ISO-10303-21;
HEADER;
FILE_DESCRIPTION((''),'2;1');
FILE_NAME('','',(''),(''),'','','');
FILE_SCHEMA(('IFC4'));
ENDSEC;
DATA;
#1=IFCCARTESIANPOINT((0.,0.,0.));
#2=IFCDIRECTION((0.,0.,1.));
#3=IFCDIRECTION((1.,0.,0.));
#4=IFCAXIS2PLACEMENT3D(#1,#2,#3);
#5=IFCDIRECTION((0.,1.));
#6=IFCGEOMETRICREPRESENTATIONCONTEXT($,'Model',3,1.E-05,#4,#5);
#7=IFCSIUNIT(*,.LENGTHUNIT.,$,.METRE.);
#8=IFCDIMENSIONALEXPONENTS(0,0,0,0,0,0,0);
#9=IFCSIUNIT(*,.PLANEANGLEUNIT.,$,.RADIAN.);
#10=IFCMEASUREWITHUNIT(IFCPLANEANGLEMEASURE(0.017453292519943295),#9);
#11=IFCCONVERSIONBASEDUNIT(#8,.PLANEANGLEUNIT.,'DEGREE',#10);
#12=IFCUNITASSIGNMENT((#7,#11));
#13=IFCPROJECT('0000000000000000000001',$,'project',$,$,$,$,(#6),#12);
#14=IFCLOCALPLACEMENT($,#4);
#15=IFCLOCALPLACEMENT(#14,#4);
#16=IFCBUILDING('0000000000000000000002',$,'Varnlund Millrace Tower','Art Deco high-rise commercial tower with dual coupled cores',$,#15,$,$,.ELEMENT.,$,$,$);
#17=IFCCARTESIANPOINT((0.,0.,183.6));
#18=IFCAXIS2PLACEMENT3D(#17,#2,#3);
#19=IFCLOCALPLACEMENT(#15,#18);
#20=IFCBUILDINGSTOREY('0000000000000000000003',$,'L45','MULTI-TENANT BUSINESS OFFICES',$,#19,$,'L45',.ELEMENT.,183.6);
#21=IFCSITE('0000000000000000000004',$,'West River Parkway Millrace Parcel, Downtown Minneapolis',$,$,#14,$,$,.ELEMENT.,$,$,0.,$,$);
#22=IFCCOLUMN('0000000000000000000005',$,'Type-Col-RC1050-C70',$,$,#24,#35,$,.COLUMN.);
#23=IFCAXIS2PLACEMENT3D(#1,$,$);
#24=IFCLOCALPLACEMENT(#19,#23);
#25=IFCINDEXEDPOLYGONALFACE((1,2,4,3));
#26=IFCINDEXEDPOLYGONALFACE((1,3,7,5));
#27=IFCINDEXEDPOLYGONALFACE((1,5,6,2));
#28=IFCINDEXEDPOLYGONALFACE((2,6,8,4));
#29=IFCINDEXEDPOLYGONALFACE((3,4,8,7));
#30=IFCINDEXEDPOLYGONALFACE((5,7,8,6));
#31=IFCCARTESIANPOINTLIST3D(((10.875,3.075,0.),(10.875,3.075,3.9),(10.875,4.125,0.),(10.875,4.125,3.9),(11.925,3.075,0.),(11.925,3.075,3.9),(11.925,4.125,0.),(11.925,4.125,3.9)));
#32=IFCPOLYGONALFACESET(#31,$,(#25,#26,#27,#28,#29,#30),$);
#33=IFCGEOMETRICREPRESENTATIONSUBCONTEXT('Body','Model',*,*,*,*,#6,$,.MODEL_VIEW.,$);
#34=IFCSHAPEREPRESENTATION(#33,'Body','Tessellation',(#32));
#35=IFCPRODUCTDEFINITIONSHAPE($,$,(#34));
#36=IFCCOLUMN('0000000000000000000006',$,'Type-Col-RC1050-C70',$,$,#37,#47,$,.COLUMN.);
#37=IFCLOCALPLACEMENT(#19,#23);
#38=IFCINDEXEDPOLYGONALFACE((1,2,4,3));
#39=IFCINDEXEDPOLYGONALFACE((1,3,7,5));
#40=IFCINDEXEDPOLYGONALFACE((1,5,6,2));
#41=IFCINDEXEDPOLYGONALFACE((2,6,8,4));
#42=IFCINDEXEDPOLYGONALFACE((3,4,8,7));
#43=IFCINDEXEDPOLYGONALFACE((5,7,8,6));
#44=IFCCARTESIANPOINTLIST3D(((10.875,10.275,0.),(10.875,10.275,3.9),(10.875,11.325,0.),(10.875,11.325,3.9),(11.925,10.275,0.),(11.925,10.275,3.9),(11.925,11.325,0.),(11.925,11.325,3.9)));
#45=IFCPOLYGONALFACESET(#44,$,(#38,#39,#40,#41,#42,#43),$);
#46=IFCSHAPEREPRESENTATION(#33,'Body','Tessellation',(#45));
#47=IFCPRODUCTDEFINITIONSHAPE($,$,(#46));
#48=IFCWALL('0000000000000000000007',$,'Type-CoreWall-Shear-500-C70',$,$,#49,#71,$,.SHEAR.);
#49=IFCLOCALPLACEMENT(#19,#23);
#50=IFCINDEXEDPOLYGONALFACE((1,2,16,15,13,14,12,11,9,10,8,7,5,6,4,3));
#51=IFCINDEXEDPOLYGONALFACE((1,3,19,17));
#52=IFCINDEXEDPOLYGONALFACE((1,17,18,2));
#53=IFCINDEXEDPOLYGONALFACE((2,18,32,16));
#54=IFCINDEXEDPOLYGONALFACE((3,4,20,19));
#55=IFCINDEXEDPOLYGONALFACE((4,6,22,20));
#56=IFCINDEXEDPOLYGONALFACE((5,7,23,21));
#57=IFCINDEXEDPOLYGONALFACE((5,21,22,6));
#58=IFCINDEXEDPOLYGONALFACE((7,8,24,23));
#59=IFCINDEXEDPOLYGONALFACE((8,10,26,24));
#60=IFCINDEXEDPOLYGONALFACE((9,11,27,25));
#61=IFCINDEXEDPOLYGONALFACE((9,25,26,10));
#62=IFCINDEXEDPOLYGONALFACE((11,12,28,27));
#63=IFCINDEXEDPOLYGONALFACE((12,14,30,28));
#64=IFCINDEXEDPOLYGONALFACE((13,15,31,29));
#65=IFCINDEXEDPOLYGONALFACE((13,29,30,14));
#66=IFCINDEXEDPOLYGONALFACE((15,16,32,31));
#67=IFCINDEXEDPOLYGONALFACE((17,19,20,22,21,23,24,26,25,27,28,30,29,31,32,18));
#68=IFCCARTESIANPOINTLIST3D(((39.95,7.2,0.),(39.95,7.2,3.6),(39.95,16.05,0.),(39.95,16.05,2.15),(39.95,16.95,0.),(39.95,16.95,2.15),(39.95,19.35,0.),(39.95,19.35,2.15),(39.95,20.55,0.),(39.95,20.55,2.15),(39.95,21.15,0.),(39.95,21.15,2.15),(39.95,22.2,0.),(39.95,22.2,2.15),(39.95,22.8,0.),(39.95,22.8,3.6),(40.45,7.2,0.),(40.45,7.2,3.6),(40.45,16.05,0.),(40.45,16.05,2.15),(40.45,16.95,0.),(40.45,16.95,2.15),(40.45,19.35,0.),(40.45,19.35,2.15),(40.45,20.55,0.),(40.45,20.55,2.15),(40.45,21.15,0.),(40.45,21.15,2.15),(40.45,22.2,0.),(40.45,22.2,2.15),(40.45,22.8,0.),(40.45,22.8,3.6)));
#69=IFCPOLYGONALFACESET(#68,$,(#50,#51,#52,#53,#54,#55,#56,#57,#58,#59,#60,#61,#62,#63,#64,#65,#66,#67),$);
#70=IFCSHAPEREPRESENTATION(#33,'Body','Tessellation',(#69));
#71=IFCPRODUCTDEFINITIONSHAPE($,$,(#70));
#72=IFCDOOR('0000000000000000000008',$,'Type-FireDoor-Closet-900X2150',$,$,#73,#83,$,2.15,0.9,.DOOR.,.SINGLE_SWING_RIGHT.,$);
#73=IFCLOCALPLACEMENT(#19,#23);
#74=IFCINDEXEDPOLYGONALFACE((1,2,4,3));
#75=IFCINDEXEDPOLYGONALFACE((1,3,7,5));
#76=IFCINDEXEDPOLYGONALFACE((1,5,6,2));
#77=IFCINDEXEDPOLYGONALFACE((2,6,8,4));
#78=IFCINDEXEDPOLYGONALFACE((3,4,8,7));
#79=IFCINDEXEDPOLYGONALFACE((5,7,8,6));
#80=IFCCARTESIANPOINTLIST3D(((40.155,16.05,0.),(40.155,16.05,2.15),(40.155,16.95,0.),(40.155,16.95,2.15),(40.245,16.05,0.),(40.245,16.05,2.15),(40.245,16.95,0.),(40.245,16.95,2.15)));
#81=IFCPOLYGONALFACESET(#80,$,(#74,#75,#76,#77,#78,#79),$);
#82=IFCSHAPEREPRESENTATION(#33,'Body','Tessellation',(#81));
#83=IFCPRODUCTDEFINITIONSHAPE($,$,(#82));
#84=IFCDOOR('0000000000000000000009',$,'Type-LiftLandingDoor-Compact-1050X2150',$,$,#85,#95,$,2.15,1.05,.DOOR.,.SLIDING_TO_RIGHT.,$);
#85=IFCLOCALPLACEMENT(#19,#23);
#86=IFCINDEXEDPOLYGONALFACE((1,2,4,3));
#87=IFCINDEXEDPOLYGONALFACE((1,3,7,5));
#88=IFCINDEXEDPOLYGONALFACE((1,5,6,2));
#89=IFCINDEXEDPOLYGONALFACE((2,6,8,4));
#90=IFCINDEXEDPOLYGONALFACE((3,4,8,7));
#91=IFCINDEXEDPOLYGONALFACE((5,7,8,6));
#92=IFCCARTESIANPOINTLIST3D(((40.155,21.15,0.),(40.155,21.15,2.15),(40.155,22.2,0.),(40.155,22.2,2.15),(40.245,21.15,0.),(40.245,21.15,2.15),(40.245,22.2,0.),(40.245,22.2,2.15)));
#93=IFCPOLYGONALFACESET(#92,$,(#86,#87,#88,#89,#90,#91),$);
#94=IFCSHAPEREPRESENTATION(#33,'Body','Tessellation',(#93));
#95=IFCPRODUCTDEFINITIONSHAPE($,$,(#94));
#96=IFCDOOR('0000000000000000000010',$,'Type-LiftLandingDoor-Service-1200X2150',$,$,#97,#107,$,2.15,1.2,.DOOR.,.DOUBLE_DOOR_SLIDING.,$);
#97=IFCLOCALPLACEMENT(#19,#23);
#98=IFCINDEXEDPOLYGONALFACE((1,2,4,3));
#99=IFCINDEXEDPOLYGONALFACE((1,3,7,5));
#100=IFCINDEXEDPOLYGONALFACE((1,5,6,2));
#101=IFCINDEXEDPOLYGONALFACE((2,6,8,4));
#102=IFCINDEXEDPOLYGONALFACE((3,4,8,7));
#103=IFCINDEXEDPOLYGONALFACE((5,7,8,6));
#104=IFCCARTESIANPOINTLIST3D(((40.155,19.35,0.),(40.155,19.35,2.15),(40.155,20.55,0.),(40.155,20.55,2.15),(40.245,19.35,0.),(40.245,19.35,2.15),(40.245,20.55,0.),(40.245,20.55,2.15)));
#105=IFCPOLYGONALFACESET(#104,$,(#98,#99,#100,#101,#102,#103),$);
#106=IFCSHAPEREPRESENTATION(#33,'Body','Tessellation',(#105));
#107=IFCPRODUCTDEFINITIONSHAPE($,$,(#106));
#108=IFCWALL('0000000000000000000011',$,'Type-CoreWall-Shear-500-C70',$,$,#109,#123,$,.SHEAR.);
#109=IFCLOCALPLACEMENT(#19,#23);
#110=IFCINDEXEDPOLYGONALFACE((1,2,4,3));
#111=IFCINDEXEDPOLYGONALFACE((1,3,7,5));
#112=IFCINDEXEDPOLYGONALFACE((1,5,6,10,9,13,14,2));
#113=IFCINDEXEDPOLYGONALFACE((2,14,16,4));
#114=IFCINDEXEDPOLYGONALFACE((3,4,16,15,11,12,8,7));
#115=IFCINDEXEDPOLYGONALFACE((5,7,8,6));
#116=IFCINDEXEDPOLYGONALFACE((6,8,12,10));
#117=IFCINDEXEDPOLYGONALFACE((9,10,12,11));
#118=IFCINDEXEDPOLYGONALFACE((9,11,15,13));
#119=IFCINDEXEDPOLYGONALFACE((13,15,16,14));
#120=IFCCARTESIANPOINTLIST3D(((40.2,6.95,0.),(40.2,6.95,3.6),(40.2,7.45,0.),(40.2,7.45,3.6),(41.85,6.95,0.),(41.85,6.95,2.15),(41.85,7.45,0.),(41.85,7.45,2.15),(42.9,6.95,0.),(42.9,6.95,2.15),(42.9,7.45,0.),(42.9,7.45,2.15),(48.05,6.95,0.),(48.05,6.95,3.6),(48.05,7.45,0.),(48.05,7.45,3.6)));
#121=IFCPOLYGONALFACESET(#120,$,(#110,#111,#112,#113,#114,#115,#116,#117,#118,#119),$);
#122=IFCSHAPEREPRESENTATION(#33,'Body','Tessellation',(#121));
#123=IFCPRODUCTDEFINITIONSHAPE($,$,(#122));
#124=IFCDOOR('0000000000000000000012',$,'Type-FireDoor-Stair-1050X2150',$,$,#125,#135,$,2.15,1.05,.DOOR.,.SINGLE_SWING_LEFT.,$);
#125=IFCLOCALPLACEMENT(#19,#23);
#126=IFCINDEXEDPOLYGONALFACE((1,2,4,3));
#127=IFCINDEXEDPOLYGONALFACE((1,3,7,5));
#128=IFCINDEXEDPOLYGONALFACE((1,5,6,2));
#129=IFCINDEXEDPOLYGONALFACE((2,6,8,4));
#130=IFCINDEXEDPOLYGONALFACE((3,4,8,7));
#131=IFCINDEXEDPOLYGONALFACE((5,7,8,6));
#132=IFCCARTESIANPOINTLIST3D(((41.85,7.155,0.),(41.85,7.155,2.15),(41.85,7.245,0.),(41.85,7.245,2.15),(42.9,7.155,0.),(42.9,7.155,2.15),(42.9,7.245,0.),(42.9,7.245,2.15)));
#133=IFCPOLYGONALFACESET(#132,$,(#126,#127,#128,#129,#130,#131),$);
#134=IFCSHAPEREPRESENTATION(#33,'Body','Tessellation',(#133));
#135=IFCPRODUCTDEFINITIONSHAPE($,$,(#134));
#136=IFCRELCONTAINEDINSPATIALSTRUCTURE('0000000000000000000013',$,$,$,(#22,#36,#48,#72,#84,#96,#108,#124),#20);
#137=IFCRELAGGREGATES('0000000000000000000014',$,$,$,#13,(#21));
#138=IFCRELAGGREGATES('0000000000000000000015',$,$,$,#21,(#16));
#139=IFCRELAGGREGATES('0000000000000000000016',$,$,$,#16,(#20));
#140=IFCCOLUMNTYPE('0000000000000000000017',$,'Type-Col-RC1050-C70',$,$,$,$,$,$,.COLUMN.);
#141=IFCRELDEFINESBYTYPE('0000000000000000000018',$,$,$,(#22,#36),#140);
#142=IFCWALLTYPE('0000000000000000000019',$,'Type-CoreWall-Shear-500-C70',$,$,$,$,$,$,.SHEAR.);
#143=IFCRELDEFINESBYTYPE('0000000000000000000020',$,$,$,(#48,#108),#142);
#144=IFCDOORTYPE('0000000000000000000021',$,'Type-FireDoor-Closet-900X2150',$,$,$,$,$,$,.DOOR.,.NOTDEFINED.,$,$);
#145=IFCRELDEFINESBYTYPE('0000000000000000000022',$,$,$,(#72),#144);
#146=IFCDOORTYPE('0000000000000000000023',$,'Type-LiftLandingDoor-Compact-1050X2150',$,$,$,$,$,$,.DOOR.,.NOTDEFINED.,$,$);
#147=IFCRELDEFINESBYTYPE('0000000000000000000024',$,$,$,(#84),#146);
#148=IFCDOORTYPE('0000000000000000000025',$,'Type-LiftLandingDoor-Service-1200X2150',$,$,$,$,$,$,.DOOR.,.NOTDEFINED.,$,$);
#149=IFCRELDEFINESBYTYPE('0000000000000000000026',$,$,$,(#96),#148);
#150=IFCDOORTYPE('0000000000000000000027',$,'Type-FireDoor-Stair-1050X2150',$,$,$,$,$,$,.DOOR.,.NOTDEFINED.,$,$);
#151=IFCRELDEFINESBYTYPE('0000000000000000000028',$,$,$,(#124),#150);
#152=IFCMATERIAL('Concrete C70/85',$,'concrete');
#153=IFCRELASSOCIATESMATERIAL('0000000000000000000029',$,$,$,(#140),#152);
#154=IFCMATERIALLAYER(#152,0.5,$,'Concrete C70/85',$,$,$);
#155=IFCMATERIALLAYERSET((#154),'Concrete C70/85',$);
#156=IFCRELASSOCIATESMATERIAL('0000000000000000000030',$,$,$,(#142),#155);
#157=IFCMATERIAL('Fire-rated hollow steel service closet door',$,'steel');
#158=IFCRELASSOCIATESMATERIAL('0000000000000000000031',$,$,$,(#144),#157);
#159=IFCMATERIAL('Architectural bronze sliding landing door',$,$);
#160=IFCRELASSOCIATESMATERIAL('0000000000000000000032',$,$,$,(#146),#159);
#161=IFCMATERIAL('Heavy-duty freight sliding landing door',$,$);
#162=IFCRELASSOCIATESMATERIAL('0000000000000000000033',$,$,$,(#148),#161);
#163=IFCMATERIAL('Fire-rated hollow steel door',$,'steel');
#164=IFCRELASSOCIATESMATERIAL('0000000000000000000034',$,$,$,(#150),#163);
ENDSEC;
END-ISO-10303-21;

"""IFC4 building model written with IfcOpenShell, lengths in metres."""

from ifc_helpers import new_model, entity, si_unit, converted_unit, direction, frame, origin_with_axes, origin_2d_with_axis, place, context, subcontext, project, spatial, polyline, rectangle, outline, extrude, material, layer, layer_set, material_profile, profile_set, type_object, element, fill, save


model = new_model("IFC4")

# Units and contexts
model_context = context("Model", 3, precision=1e-05, world=origin_with_axes(), true_north=direction((0.0, 1.0)))
body_context = subcontext(model_context, "Body", "Model", "MODEL_VIEW")
ifc_project = project(units=[si_unit("LENGTHUNIT", "METRE"), converted_unit("PLANEANGLEUNIT", "DEGREE", entity("IfcPlaneAngleMeasure", 0.017453292519943295), si_unit("PLANEANGLEUNIT", "RADIAN"), dimensions=[0, 0, 0, 0, 0, 0, 0])], contexts=[model_context])

# Site, building, storey
site_placement = place(None, origin_with_axes())
site = spatial("IfcSite", under=ifc_project, at=site_placement, Name="West River Parkway Millrace Parcel, Downtown Minneapolis", CompositionType="ELEMENT", RefElevation=0.0)
building_placement = place(site_placement, origin_with_axes())
building = spatial("IfcBuilding", under=site, at=building_placement, Name="Varnlund Millrace Tower", Description="Art Deco high-rise commercial tower with dual coupled cores", CompositionType="ELEMENT")
storey_placement = place(building_placement, frame((0.0, 0.0, 183.6), z_axis=(0.0, 0.0, 1.0), x_axis=(1.0, 0.0, 0.0)))
storey = spatial("IfcBuildingStorey", under=building, at=storey_placement, Name="L45", Description="MULTI-TENANT BUSINESS OFFICES", LongName="L45", CompositionType="ELEMENT", Elevation=183.6)

# Columns
ifc_material_1 = material(Name="Concrete C70/85", Category="concrete")
ifc_material_profile = material_profile(ifc_material_1, rectangle(XDim=1.05, YDim=1.05, at=origin_2d_with_axis()), Name="Concrete C70/85")
ifc_profile_set = profile_set([ifc_material_profile], Name="Concrete C70/85")
column_type = type_object("IfcColumnType", Name="Type-Col-RC1050-C70", PredefinedType="COLUMN", material=ifc_profile_set)
for number, where, z_axis, x_axis, name in (
    (1, (11.4, 3.6, 0.0), (0.0, 0.0, 1.0), (1.0, 0.0, 0.0), "Type-Col-RC1050-C70"),
    (2, (11.4, 10.8, 0.0), (0.0, 0.0, 1.0), (1.0, 0.0, 0.0), "Type-Col-RC1050-C70"),
):
    element("IfcColumn", number, at=place(storey_placement, frame(where, z_axis=z_axis, x_axis=x_axis)), inside=storey, type_object=column_type, Name=name, PredefinedType="COLUMN", context=body_context, shape_type="SweptSolid", body=[
        extrude(rectangle(XDim=1.05, YDim=1.05, at=origin_2d_with_axis()), origin_with_axes(), (0.0, 0.0, 1.0), 3.9),
    ])

# Wall, openings, doors
ifc_layer_1 = layer(ifc_material_1, 0.5, Name="Concrete C70/85")
ifc_layer_set_1 = layer_set([ifc_layer_1], Name="Concrete C70/85")
wall_type_1 = type_object("IfcWallType", Name="Type-CoreWall-Shear-500-C70", PredefinedType="SHEAR", material=ifc_layer_set_1)
wall_1_placement = place(storey_placement, frame((40.2, 7.2, 0.0), z_axis=(0.0, 0.0, 1.0), x_axis=(0.0, 1.0, 0.0)))
wall_1 = element("IfcWall", 3, at=wall_1_placement, inside=storey, type_object=wall_type_1, Name="Type-CoreWall-Shear-500-C70", PredefinedType="SHEAR", context=body_context, shape_type="SweptSolid", body=[
    extrude(outline(polyline([(0.0, -0.25), (15.6, -0.25), (15.6, 0.25), (0.0, 0.25), (0.0, -0.25)])), origin_with_axes(), (0.0, 0.0, 1.0), 3.6),
])
opening_1_placement = place(wall_1_placement, frame((14.475, 0.0, 0.0), z_axis=(0.0, 0.0, 1.0), x_axis=(1.0, 0.0, 0.0)))
opening_1 = element("IfcOpeningElement", 4, at=opening_1_placement, cuts=wall_1, PredefinedType="OPENING", context=body_context, shape_type="SweptSolid", body=[
    extrude(rectangle(XDim=1.05, YDim=0.52, at=origin_2d_with_axis()), origin_with_axes(), (0.0, 0.0, 1.0), 2.15),
])
opening_2_placement = place(wall_1_placement, frame((12.75, 0.0, 0.0), z_axis=(0.0, 0.0, 1.0), x_axis=(1.0, 0.0, 0.0)))
opening_2 = element("IfcOpeningElement", 5, at=opening_2_placement, cuts=wall_1, PredefinedType="OPENING", context=body_context, shape_type="SweptSolid", body=[
    extrude(rectangle(XDim=1.2, YDim=0.52, at=origin_2d_with_axis()), origin_with_axes(), (0.0, 0.0, 1.0), 2.15),
])
opening_3_placement = place(wall_1_placement, frame((9.3, 0.0, 0.0), z_axis=(0.0, 0.0, 1.0), x_axis=(1.0, 0.0, 0.0)))
opening_3 = element("IfcOpeningElement", 6, at=opening_3_placement, cuts=wall_1, PredefinedType="OPENING", context=body_context, shape_type="SweptSolid", body=[
    extrude(rectangle(XDim=0.9, YDim=0.52, at=origin_2d_with_axis()), origin_with_axes(), (0.0, 0.0, 1.0), 2.15),
])
ifc_material_2 = material(Name="Fire-rated hollow steel service closet door", Category="steel")
door_type_1 = type_object("IfcDoorType", Name="Type-FireDoor-Closet-900X2150", OperationType="NOTDEFINED", PredefinedType="DOOR", material=ifc_material_2)
door_1_placement = place(wall_1_placement, frame((9.3, 0.0, 0.0), z_axis=(0.0, 0.0, 1.0), x_axis=(1.0, 0.0, 0.0)))
door_1 = element("IfcDoor", 7, at=door_1_placement, inside=storey, type_object=door_type_1, Name="Type-FireDoor-Closet-900X2150", OperationType="SINGLE_SWING_RIGHT", OverallHeight=2.15, OverallWidth=0.9, PredefinedType="DOOR", context=body_context, shape_type="SweptSolid", body=[
    extrude(rectangle(XDim=0.9, YDim=0.09, at=origin_2d_with_axis()), origin_with_axes(), (0.0, 0.0, 1.0), 2.15),
])
fill(opening_3, door_1)
ifc_material_3 = material(Name="Architectural bronze sliding landing door")
door_type_2 = type_object("IfcDoorType", Name="Type-LiftLandingDoor-Compact-1050X2150", OperationType="NOTDEFINED", PredefinedType="DOOR", material=ifc_material_3)
door_2_placement = place(wall_1_placement, frame((14.475, 0.0, 0.0), z_axis=(0.0, 0.0, 1.0), x_axis=(1.0, 0.0, 0.0)))
door_2 = element("IfcDoor", 8, at=door_2_placement, inside=storey, type_object=door_type_2, Name="Type-LiftLandingDoor-Compact-1050X2150", OperationType="SLIDING_TO_RIGHT", OverallHeight=2.15, OverallWidth=1.05, PredefinedType="DOOR", context=body_context, shape_type="SweptSolid", body=[
    extrude(rectangle(XDim=1.05, YDim=0.09, at=origin_2d_with_axis()), origin_with_axes(), (0.0, 0.0, 1.0), 2.15),
])
fill(opening_1, door_2)
ifc_material_4 = material(Name="Heavy-duty freight sliding landing door")
door_type_3 = type_object("IfcDoorType", Name="Type-LiftLandingDoor-Service-1200X2150", OperationType="NOTDEFINED", PredefinedType="DOOR", material=ifc_material_4)
door_3_placement = place(wall_1_placement, frame((12.75, 0.0, 0.0), z_axis=(0.0, 0.0, 1.0), x_axis=(1.0, 0.0, 0.0)))
door_3 = element("IfcDoor", 9, at=door_3_placement, inside=storey, type_object=door_type_3, Name="Type-LiftLandingDoor-Service-1200X2150", OperationType="DOUBLE_DOOR_SLIDING", OverallHeight=2.15, OverallWidth=1.2, PredefinedType="DOOR", context=body_context, shape_type="SweptSolid", body=[
    extrude(rectangle(XDim=1.2, YDim=0.09, at=origin_2d_with_axis()), origin_with_axes(), (0.0, 0.0, 1.0), 2.15),
])
fill(opening_2, door_3)

# Wall, opening, door
wall_2_placement = place(storey_placement, frame((40.2, 7.2, 0.0), z_axis=(0.0, 0.0, 1.0), x_axis=(1.0, 0.0, 0.0)))
wall_2 = element("IfcWall", 10, at=wall_2_placement, inside=storey, type_object=wall_type_1, Name="Type-CoreWall-Shear-500-C70", PredefinedType="SHEAR", context=body_context, shape_type="SweptSolid", body=[
    extrude(outline(polyline([(0.0, -0.25), (7.85, -0.25), (7.85, 0.25), (0.0, 0.25), (0.0, -0.25)])), origin_with_axes(), (0.0, 0.0, 1.0), 3.6),
])
opening_4_placement = place(wall_2_placement, frame((2.175, 0.0, 0.0), z_axis=(0.0, 0.0, 1.0), x_axis=(1.0, 0.0, 0.0)))
opening_4 = element("IfcOpeningElement", 11, at=opening_4_placement, cuts=wall_2, PredefinedType="OPENING", context=body_context, shape_type="SweptSolid", body=[
    extrude(rectangle(XDim=1.05, YDim=0.52, at=origin_2d_with_axis()), origin_with_axes(), (0.0, 0.0, 1.0), 2.15),
])
ifc_material_5 = material(Name="Fire-rated hollow steel door", Category="steel")
door_type_4 = type_object("IfcDoorType", Name="Type-FireDoor-Stair-1050X2150", OperationType="NOTDEFINED", PredefinedType="DOOR", material=ifc_material_5)
door_4_placement = place(wall_2_placement, frame((2.175, 0.0, 0.0), z_axis=(0.0, 0.0, 1.0), x_axis=(1.0, 0.0, 0.0)))
door_4 = element("IfcDoor", 12, at=door_4_placement, inside=storey, type_object=door_type_4, Name="Type-FireDoor-Stair-1050X2150", OperationType="SINGLE_SWING_LEFT", OverallHeight=2.15, OverallWidth=1.05, PredefinedType="DOOR", context=body_context, shape_type="SweptSolid", body=[
    extrude(rectangle(XDim=1.05, YDim=0.09, at=origin_2d_with_axis()), origin_with_axes(), (0.0, 0.0, 1.0), 2.15),
])
fill(opening_4, door_4)

save(model, "model.ifc")
